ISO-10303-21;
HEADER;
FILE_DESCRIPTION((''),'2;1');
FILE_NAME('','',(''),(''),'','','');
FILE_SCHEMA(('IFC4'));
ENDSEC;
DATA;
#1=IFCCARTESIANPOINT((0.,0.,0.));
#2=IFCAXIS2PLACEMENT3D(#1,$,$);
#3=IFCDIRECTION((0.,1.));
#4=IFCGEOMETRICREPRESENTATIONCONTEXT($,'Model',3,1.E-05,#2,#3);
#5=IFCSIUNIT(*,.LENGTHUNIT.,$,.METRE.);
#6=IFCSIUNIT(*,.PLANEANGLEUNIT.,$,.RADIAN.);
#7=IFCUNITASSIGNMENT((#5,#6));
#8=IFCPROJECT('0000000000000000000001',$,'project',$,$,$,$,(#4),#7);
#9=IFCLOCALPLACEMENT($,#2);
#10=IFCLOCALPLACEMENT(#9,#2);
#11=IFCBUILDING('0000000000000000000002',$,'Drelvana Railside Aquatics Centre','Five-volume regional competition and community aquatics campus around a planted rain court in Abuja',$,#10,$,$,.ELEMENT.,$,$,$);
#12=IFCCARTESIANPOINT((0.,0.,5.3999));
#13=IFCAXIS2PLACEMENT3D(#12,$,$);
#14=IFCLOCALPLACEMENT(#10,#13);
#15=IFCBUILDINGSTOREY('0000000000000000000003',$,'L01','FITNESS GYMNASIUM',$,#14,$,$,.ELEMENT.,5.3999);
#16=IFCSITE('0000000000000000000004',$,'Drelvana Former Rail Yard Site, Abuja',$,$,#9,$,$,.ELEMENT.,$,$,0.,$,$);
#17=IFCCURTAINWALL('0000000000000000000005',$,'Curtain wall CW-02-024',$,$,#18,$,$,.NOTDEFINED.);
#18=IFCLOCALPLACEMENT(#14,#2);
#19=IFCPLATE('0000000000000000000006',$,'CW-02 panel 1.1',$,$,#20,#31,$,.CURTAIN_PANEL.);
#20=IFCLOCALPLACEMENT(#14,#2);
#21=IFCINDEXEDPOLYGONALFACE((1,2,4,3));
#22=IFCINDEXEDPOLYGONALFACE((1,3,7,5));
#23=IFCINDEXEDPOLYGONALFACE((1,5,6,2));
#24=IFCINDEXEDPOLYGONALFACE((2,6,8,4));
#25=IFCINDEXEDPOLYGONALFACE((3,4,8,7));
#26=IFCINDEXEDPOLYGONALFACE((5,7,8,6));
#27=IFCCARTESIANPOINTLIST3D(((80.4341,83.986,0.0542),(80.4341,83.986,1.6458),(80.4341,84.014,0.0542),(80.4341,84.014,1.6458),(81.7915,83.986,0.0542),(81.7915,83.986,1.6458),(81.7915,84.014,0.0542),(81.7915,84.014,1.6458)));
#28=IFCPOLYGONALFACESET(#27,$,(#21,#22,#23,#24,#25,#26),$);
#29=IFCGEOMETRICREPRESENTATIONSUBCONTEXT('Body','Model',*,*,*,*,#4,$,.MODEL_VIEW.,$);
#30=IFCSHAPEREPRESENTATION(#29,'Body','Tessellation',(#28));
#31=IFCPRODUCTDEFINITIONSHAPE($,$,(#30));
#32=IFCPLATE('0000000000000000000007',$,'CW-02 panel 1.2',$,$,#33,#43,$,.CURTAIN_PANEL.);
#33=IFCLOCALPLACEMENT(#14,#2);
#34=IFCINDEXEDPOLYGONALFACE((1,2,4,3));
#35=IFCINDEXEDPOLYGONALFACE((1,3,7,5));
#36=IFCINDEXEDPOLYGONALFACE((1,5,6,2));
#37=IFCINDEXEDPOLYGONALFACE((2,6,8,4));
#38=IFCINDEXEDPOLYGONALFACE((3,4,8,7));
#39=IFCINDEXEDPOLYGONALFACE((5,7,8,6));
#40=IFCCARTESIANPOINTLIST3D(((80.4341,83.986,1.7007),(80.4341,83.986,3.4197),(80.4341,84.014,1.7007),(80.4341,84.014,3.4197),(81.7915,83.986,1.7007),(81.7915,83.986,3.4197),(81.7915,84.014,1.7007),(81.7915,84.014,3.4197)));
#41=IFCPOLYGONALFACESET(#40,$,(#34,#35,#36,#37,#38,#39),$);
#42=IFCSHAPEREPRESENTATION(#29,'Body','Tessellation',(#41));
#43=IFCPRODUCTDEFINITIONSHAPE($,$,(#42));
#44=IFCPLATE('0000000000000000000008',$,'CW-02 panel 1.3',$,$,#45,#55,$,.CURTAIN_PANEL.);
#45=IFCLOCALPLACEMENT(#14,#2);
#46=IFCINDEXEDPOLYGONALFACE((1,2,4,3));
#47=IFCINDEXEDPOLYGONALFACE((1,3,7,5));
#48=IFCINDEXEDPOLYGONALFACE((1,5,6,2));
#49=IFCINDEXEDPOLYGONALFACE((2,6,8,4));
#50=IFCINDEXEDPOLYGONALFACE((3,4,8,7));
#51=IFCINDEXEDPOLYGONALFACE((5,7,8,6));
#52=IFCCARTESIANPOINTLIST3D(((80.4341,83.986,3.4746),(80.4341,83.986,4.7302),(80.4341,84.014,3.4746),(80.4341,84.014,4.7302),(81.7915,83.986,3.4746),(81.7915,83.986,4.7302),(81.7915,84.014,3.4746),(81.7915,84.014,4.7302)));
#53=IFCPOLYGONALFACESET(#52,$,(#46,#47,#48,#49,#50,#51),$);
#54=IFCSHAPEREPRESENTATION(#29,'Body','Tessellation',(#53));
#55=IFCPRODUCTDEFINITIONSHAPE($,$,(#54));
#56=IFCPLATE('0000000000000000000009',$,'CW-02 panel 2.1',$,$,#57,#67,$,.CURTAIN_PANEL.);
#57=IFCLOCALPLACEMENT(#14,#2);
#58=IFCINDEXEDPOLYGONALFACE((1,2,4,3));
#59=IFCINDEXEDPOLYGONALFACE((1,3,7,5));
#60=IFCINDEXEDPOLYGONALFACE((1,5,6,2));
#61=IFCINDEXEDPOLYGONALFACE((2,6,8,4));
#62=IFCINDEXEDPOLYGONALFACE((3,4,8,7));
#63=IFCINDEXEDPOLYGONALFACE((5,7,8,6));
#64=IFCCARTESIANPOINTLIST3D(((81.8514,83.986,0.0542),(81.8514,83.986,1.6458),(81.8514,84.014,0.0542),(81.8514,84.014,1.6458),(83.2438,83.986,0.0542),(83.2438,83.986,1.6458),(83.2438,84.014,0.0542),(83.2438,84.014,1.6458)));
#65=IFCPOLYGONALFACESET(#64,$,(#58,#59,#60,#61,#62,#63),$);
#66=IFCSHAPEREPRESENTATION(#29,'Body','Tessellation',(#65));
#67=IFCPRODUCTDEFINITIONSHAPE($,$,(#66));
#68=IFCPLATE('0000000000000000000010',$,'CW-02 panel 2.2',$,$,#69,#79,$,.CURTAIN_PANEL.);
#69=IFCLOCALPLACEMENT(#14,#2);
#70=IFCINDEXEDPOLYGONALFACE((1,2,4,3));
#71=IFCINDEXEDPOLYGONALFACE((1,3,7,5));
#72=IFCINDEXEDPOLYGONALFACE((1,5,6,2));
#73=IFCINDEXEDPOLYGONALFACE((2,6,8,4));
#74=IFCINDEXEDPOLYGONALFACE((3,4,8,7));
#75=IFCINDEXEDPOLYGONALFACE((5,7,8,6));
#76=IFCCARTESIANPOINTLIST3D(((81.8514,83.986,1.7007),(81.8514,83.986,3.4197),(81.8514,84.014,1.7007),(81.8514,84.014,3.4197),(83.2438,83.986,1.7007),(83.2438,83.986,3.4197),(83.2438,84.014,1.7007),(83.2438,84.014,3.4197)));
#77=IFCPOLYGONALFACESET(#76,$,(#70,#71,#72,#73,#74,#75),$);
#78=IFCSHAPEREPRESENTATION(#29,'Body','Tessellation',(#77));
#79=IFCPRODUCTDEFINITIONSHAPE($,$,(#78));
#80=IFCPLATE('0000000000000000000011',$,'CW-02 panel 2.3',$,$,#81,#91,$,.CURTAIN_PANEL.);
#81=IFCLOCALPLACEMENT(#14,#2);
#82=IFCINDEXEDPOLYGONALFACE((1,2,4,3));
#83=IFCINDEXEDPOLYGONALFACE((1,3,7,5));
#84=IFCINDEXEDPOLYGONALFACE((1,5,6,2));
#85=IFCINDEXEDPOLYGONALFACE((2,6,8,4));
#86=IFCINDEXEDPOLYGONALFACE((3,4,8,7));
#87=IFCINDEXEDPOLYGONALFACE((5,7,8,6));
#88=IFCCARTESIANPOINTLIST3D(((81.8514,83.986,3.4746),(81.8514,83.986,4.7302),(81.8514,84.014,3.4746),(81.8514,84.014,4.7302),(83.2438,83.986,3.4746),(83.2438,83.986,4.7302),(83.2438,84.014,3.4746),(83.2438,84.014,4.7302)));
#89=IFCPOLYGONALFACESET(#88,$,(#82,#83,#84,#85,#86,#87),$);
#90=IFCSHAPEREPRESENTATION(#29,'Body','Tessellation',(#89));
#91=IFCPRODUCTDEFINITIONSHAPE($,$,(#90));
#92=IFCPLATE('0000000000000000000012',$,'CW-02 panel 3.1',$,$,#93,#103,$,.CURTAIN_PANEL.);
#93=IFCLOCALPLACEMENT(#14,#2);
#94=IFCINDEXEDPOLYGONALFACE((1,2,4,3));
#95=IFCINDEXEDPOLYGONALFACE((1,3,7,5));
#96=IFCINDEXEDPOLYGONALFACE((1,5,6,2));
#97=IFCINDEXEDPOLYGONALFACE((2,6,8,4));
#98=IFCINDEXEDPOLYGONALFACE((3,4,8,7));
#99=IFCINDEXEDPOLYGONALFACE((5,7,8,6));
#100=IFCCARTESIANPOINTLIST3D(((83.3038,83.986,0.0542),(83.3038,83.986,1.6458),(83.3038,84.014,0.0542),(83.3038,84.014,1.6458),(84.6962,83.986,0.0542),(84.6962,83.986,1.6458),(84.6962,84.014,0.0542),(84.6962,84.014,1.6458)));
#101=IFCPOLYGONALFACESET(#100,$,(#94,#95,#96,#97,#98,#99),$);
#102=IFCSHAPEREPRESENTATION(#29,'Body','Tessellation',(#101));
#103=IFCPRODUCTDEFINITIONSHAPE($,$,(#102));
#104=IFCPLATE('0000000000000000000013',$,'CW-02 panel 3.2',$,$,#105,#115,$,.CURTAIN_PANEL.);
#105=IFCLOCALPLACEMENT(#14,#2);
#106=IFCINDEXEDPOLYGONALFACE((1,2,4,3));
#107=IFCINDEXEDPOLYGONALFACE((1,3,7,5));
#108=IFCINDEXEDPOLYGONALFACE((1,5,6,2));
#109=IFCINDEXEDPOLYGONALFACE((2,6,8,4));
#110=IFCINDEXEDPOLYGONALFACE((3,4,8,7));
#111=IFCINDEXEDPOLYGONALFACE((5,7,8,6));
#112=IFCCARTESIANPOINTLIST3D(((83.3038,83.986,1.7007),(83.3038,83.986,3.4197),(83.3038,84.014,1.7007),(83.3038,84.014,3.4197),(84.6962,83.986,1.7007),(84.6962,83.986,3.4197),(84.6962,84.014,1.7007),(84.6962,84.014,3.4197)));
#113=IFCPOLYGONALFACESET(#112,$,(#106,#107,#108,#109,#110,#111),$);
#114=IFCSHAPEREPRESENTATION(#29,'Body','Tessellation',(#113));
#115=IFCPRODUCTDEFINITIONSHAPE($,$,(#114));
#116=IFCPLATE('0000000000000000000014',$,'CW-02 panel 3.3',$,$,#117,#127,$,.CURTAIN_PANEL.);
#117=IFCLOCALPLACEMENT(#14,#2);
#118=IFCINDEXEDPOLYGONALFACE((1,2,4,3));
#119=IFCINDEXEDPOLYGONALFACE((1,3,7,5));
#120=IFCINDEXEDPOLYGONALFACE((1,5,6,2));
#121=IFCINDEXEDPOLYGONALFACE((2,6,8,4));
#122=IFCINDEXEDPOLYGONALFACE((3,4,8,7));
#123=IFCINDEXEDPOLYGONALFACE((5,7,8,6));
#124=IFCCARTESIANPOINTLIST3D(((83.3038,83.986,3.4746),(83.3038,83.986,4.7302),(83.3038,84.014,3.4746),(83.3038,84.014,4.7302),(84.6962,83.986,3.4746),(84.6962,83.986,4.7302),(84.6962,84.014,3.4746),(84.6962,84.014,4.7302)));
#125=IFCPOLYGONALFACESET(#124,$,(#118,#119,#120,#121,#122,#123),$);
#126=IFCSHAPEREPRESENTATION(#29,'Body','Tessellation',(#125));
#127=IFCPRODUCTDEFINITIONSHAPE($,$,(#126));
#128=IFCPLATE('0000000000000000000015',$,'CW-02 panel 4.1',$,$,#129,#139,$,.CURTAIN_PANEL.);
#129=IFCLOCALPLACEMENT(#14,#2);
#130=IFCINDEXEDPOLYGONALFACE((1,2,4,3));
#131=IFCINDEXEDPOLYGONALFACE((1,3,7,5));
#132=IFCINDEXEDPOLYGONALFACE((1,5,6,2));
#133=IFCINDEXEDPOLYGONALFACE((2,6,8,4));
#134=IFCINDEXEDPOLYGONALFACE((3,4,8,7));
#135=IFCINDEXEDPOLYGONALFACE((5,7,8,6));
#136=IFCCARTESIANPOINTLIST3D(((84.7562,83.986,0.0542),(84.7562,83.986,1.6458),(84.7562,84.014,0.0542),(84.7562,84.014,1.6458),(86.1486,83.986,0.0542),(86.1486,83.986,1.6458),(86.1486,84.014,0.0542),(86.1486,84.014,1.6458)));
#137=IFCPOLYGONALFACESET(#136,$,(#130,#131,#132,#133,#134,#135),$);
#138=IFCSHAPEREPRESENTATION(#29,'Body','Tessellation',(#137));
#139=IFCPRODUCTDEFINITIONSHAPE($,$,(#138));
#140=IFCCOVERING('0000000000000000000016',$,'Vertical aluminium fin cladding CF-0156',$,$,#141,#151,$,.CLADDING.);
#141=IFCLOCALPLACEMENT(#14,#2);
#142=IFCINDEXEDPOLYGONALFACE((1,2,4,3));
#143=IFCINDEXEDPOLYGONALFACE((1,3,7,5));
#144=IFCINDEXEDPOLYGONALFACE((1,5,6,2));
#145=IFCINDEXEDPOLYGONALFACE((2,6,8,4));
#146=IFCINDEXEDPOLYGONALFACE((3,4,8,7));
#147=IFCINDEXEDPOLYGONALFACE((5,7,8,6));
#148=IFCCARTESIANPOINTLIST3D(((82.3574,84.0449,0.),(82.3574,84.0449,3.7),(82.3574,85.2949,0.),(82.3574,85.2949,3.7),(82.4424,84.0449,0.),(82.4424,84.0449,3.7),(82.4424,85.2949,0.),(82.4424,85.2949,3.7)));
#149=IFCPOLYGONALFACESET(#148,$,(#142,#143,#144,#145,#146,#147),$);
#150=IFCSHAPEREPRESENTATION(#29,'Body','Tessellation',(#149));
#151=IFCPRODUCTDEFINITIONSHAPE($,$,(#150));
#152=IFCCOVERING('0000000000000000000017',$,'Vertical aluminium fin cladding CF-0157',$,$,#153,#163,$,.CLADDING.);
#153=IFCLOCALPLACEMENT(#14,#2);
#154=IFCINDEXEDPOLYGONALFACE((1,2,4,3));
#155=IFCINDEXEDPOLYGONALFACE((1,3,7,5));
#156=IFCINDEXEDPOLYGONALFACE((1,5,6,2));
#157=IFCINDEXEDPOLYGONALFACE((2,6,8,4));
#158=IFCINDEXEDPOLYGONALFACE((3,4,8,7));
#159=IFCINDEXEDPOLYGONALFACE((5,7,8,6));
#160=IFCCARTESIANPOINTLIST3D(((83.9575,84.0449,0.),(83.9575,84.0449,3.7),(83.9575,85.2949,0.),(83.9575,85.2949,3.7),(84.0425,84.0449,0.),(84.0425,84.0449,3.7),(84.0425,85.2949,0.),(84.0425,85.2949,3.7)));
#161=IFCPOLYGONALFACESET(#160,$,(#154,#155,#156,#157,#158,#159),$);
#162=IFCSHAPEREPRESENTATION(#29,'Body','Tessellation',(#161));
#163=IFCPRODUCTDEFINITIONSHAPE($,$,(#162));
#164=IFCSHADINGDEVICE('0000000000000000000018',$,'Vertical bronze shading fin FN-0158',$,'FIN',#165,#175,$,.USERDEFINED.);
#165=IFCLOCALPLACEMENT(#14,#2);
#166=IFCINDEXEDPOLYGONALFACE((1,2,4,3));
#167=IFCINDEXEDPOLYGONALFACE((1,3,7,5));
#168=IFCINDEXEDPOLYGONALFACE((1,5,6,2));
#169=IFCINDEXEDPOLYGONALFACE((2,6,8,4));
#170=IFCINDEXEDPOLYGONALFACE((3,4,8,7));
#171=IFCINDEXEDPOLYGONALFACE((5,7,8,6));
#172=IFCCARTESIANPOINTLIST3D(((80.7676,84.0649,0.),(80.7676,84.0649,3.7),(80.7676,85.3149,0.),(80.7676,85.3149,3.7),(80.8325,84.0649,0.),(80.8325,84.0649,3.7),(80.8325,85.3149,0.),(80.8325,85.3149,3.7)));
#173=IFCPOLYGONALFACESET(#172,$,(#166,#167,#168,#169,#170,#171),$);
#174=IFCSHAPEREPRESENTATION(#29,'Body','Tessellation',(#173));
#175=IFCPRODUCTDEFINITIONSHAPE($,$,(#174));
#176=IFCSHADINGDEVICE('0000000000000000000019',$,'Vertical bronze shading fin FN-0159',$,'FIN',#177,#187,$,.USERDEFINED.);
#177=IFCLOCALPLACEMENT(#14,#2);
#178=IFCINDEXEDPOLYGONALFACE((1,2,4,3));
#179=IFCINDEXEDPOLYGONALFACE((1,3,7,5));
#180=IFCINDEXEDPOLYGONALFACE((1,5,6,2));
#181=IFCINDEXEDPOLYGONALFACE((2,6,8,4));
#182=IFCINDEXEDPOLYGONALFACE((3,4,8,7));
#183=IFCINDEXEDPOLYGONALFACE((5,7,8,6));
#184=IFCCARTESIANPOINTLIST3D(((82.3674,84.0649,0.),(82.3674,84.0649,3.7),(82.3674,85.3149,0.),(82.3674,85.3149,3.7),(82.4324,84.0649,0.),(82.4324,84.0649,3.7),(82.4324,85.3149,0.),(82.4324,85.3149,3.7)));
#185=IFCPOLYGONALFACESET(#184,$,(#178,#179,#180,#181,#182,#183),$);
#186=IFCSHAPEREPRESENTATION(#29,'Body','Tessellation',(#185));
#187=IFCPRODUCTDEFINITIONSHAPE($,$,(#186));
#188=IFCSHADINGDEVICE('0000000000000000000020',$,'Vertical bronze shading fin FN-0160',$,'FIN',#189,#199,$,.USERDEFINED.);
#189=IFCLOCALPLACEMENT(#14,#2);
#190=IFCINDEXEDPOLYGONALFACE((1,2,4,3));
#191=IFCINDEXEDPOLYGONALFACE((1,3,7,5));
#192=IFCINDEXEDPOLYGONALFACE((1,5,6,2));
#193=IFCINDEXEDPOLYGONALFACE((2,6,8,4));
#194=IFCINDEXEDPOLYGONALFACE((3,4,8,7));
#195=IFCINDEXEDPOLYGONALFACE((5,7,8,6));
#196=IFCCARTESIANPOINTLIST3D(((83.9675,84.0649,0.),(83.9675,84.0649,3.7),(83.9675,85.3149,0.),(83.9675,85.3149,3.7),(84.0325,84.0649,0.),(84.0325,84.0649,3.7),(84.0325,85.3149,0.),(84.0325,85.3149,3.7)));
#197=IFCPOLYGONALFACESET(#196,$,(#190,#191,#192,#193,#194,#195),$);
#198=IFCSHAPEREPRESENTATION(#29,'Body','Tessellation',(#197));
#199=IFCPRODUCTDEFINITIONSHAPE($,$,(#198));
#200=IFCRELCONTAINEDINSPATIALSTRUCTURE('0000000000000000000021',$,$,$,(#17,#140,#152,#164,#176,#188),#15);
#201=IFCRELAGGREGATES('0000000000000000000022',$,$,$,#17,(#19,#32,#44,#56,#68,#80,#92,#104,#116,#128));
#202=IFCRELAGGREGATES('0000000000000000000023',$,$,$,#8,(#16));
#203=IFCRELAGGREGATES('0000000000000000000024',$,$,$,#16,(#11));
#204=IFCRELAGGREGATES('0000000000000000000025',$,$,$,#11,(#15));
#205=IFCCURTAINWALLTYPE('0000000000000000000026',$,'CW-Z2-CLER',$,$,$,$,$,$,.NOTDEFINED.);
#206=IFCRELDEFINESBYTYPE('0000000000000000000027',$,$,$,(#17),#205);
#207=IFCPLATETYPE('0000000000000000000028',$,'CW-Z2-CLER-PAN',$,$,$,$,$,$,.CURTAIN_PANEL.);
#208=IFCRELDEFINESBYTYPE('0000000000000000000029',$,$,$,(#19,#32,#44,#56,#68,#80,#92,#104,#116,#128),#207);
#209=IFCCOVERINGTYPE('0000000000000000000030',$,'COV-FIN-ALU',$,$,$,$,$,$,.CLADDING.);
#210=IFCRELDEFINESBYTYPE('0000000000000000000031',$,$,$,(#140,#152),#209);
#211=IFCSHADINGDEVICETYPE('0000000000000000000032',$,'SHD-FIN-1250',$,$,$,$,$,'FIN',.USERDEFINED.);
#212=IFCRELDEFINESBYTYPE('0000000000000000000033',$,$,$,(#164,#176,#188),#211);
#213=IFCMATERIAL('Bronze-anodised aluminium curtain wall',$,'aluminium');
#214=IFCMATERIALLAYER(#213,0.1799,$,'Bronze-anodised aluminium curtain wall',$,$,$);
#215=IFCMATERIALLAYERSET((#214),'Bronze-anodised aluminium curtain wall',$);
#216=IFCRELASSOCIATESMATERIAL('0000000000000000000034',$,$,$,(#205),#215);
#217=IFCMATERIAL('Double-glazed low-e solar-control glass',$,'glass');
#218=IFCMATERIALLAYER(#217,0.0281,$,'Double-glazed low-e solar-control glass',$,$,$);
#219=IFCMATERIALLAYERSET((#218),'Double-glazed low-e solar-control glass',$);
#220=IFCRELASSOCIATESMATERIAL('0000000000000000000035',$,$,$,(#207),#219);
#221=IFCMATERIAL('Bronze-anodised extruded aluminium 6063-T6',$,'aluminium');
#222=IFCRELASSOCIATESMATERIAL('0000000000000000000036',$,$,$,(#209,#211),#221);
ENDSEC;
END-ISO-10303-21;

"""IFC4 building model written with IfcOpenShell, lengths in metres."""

from ifc_helpers import new_model, si_unit, direction, frame, origin, origin_2d, place, context, subcontext, project, spatial, rectangle, extrude, material, layer, layer_set, type_object, element, aggregate, save


model = new_model("IFC4")

# Units and contexts
model_context = context("Model", 3, precision=1e-05, world=origin(), true_north=direction((0.0, 1.0)))
body_context = subcontext(model_context, "Body", "Model", "MODEL_VIEW")
ifc_project = project(units=[si_unit("LENGTHUNIT", "METRE"), si_unit("PLANEANGLEUNIT", "RADIAN")], contexts=[model_context])

# Site, building, storey
site_placement = place(None, origin())
site = spatial("IfcSite", under=ifc_project, at=site_placement, Name="Drelvana Former Rail Yard Site, Abuja", CompositionType="ELEMENT", RefElevation=0.0)
building_placement = place(site_placement, origin())
building = spatial("IfcBuilding", under=site, at=building_placement, Name="Drelvana Railside Aquatics Centre", Description="Five-volume regional competition and community aquatics campus around a planted rain court in Abuja", CompositionType="ELEMENT")
storey_placement = place(building_placement, frame((0.0, 0.0, 5.3999)))
storey = spatial("IfcBuildingStorey", under=building, at=storey_placement, Name="L01", Description="FITNESS GYMNASIUM", CompositionType="ELEMENT", Elevation=5.3999)

# Curtain wall, plates
ifc_material_1 = material(Name="Bronze-anodised aluminium curtain wall", Category="aluminium")
ifc_layer_1 = layer(ifc_material_1, 0.1799, Name="Bronze-anodised aluminium curtain wall")
ifc_layer_set_1 = layer_set([ifc_layer_1], Name="Bronze-anodised aluminium curtain wall")
curtain_wall_type = type_object("IfcCurtainWallType", Name="CW-Z2-CLER", PredefinedType="NOTDEFINED", material=ifc_layer_set_1)
curtain_wall_placement = place(storey_placement, origin())
curtain_wall = element("IfcCurtainWall", 1, at=curtain_wall_placement, inside=storey, type_object=curtain_wall_type, Name="Curtain wall CW-02-024", PredefinedType="NOTDEFINED")
ifc_material_2 = material(Name="Double-glazed low-e solar-control glass", Category="glass")
ifc_layer_2 = layer(ifc_material_2, 0.0281, Name="Double-glazed low-e solar-control glass")
ifc_layer_set_2 = layer_set([ifc_layer_2], Name="Double-glazed low-e solar-control glass")
plate_type = type_object("IfcPlateType", Name="CW-Z2-CLER-PAN", PredefinedType="CURTAIN_PANEL", material=ifc_layer_set_2)
plate_1_placement = place(storey_placement, frame((81.1128, 84.0, 0.0542), z_axis=(0.0, 0.0, 1.0), x_axis=(1.0, 0.0, 0.0)))
plate_1 = element("IfcPlate", 2, at=plate_1_placement, type_object=plate_type, Name="CW-02 panel 1.1", PredefinedType="CURTAIN_PANEL", context=body_context, shape_type="SweptSolid", body=[
    extrude(rectangle(XDim=1.3574, YDim=0.0281, at=origin_2d()), origin(), (0.0, 0.0, 1.0), 1.5916),
])
plate_2_placement = place(storey_placement, frame((81.1128, 84.0, 1.7007), z_axis=(0.0, 0.0, 1.0), x_axis=(1.0, 0.0, 0.0)))
plate_2 = element("IfcPlate", 3, at=plate_2_placement, type_object=plate_type, Name="CW-02 panel 1.2", PredefinedType="CURTAIN_PANEL", context=body_context, shape_type="SweptSolid", body=[
    extrude(rectangle(XDim=1.3574, YDim=0.0281, at=origin_2d()), origin(), (0.0, 0.0, 1.0), 1.719),
])
plate_3_placement = place(storey_placement, frame((81.1128, 84.0, 3.4746), z_axis=(0.0, 0.0, 1.0), x_axis=(1.0, 0.0, 0.0)))
plate_3 = element("IfcPlate", 4, at=plate_3_placement, type_object=plate_type, Name="CW-02 panel 1.3", PredefinedType="CURTAIN_PANEL", context=body_context, shape_type="SweptSolid", body=[
    extrude(rectangle(XDim=1.3574, YDim=0.0281, at=origin_2d()), origin(), (0.0, 0.0, 1.0), 1.2556),
])
plate_4_placement = place(storey_placement, frame((82.5476, 84.0, 0.0542), z_axis=(0.0, 0.0, 1.0), x_axis=(1.0, 0.0, 0.0)))
plate_4 = element("IfcPlate", 5, at=plate_4_placement, type_object=plate_type, Name="CW-02 panel 2.1", PredefinedType="CURTAIN_PANEL", context=body_context, shape_type="SweptSolid", body=[
    extrude(rectangle(XDim=1.3923, YDim=0.0281, at=origin_2d()), origin(), (0.0, 0.0, 1.0), 1.5916),
])
plate_5_placement = place(storey_placement, frame((82.5476, 84.0, 1.7007), z_axis=(0.0, 0.0, 1.0), x_axis=(1.0, 0.0, 0.0)))
plate_5 = element("IfcPlate", 6, at=plate_5_placement, type_object=plate_type, Name="CW-02 panel 2.2", PredefinedType="CURTAIN_PANEL", context=body_context, shape_type="SweptSolid", body=[
    extrude(rectangle(XDim=1.3923, YDim=0.0281, at=origin_2d()), origin(), (0.0, 0.0, 1.0), 1.719),
])
plate_6_placement = place(storey_placement, frame((82.5476, 84.0, 3.4746), z_axis=(0.0, 0.0, 1.0), x_axis=(1.0, 0.0, 0.0)))
plate_6 = element("IfcPlate", 7, at=plate_6_placement, type_object=plate_type, Name="CW-02 panel 2.3", PredefinedType="CURTAIN_PANEL", context=body_context, shape_type="SweptSolid", body=[
    extrude(rectangle(XDim=1.3923, YDim=0.0281, at=origin_2d()), origin(), (0.0, 0.0, 1.0), 1.2556),
])
plate_7_placement = place(storey_placement, frame((84.0, 84.0, 0.0542), z_axis=(0.0, 0.0, 1.0), x_axis=(1.0, 0.0, 0.0)))
plate_7 = element("IfcPlate", 8, at=plate_7_placement, type_object=plate_type, Name="CW-02 panel 3.1", PredefinedType="CURTAIN_PANEL", context=body_context, shape_type="SweptSolid", body=[
    extrude(rectangle(XDim=1.3923, YDim=0.0281, at=origin_2d()), origin(), (0.0, 0.0, 1.0), 1.5916),
])
plate_8_placement = place(storey_placement, frame((84.0, 84.0, 1.7007), z_axis=(0.0, 0.0, 1.0), x_axis=(1.0, 0.0, 0.0)))
plate_8 = element("IfcPlate", 9, at=plate_8_placement, type_object=plate_type, Name="CW-02 panel 3.2", PredefinedType="CURTAIN_PANEL", context=body_context, shape_type="SweptSolid", body=[
    extrude(rectangle(XDim=1.3923, YDim=0.0281, at=origin_2d()), origin(), (0.0, 0.0, 1.0), 1.719),
])
plate_9_placement = place(storey_placement, frame((84.0, 84.0, 3.4746), z_axis=(0.0, 0.0, 1.0), x_axis=(1.0, 0.0, 0.0)))
plate_9 = element("IfcPlate", 10, at=plate_9_placement, type_object=plate_type, Name="CW-02 panel 3.3", PredefinedType="CURTAIN_PANEL", context=body_context, shape_type="SweptSolid", body=[
    extrude(rectangle(XDim=1.3923, YDim=0.0281, at=origin_2d()), origin(), (0.0, 0.0, 1.0), 1.2556),
])
plate_10_placement = place(storey_placement, frame((85.4524, 84.0, 0.0542), z_axis=(0.0, 0.0, 1.0), x_axis=(1.0, 0.0, 0.0)))
plate_10 = element("IfcPlate", 11, at=plate_10_placement, type_object=plate_type, Name="CW-02 panel 4.1", PredefinedType="CURTAIN_PANEL", context=body_context, shape_type="SweptSolid", body=[
    extrude(rectangle(XDim=1.3923, YDim=0.0281, at=origin_2d()), origin(), (0.0, 0.0, 1.0), 1.5916),
])
aggregate(curtain_wall, [plate_1, plate_2, plate_3, plate_4, plate_5, plate_6, plate_7, plate_8, plate_9, plate_10])

# Coverings
ifc_material_3 = material(Name="Bronze-anodised extruded aluminium 6063-T6", Category="aluminium")
covering_type = type_object("IfcCoveringType", Name="COV-FIN-ALU", PredefinedType="CLADDING", material=ifc_material_3)
for number, where, z_axis, x_axis, name in (
    (12, (82.3999, 84.6699, 0.0), (0.0, 0.0, 1.0), (1.0, 0.0, 0.0), "Vertical aluminium fin cladding CF-0156"),
    (13, (84.0, 84.6699, 0.0), (0.0, 0.0, 1.0), (1.0, 0.0, 0.0), "Vertical aluminium fin cladding CF-0157"),
):
    element("IfcCovering", number, at=place(storey_placement, frame(where, z_axis=z_axis, x_axis=x_axis)), inside=storey, type_object=covering_type, Name=name, PredefinedType="CLADDING", context=body_context, shape_type="SweptSolid", body=[
        extrude(rectangle(XDim=0.085, YDim=1.25, at=origin_2d()), origin(), (0.0, 0.0, 1.0), 3.7),
    ])

# Shading devices
shading_device_type = type_object("IfcShadingDeviceType", Name="SHD-FIN-1250", ElementType="FIN", PredefinedType="USERDEFINED", material=ifc_material_3)
for number, where, z_axis, x_axis, name in (
    (14, (80.8, 84.6899, 0.0), (0.0, 0.0, 1.0), (0.0, 1.0, 0.0), "Vertical bronze shading fin FN-0158"),
    (15, (82.3999, 84.6899, 0.0), (0.0, 0.0, 1.0), (0.0, 1.0, 0.0), "Vertical bronze shading fin FN-0159"),
    (16, (84.0, 84.6899, 0.0), (0.0, 0.0, 1.0), (0.0, 1.0, 0.0), "Vertical bronze shading fin FN-0160"),
):
    element("IfcShadingDevice", number, at=place(storey_placement, frame(where, z_axis=z_axis, x_axis=x_axis)), inside=storey, type_object=shading_device_type, Name=name, ObjectType="FIN", PredefinedType="USERDEFINED", context=body_context, shape_type="SweptSolid", body=[
        extrude(rectangle(XDim=1.25, YDim=0.0649, at=origin_2d()), origin(), (0.0, 0.0, 1.0), 3.7),
    ])

save(model, "model.ifc")
